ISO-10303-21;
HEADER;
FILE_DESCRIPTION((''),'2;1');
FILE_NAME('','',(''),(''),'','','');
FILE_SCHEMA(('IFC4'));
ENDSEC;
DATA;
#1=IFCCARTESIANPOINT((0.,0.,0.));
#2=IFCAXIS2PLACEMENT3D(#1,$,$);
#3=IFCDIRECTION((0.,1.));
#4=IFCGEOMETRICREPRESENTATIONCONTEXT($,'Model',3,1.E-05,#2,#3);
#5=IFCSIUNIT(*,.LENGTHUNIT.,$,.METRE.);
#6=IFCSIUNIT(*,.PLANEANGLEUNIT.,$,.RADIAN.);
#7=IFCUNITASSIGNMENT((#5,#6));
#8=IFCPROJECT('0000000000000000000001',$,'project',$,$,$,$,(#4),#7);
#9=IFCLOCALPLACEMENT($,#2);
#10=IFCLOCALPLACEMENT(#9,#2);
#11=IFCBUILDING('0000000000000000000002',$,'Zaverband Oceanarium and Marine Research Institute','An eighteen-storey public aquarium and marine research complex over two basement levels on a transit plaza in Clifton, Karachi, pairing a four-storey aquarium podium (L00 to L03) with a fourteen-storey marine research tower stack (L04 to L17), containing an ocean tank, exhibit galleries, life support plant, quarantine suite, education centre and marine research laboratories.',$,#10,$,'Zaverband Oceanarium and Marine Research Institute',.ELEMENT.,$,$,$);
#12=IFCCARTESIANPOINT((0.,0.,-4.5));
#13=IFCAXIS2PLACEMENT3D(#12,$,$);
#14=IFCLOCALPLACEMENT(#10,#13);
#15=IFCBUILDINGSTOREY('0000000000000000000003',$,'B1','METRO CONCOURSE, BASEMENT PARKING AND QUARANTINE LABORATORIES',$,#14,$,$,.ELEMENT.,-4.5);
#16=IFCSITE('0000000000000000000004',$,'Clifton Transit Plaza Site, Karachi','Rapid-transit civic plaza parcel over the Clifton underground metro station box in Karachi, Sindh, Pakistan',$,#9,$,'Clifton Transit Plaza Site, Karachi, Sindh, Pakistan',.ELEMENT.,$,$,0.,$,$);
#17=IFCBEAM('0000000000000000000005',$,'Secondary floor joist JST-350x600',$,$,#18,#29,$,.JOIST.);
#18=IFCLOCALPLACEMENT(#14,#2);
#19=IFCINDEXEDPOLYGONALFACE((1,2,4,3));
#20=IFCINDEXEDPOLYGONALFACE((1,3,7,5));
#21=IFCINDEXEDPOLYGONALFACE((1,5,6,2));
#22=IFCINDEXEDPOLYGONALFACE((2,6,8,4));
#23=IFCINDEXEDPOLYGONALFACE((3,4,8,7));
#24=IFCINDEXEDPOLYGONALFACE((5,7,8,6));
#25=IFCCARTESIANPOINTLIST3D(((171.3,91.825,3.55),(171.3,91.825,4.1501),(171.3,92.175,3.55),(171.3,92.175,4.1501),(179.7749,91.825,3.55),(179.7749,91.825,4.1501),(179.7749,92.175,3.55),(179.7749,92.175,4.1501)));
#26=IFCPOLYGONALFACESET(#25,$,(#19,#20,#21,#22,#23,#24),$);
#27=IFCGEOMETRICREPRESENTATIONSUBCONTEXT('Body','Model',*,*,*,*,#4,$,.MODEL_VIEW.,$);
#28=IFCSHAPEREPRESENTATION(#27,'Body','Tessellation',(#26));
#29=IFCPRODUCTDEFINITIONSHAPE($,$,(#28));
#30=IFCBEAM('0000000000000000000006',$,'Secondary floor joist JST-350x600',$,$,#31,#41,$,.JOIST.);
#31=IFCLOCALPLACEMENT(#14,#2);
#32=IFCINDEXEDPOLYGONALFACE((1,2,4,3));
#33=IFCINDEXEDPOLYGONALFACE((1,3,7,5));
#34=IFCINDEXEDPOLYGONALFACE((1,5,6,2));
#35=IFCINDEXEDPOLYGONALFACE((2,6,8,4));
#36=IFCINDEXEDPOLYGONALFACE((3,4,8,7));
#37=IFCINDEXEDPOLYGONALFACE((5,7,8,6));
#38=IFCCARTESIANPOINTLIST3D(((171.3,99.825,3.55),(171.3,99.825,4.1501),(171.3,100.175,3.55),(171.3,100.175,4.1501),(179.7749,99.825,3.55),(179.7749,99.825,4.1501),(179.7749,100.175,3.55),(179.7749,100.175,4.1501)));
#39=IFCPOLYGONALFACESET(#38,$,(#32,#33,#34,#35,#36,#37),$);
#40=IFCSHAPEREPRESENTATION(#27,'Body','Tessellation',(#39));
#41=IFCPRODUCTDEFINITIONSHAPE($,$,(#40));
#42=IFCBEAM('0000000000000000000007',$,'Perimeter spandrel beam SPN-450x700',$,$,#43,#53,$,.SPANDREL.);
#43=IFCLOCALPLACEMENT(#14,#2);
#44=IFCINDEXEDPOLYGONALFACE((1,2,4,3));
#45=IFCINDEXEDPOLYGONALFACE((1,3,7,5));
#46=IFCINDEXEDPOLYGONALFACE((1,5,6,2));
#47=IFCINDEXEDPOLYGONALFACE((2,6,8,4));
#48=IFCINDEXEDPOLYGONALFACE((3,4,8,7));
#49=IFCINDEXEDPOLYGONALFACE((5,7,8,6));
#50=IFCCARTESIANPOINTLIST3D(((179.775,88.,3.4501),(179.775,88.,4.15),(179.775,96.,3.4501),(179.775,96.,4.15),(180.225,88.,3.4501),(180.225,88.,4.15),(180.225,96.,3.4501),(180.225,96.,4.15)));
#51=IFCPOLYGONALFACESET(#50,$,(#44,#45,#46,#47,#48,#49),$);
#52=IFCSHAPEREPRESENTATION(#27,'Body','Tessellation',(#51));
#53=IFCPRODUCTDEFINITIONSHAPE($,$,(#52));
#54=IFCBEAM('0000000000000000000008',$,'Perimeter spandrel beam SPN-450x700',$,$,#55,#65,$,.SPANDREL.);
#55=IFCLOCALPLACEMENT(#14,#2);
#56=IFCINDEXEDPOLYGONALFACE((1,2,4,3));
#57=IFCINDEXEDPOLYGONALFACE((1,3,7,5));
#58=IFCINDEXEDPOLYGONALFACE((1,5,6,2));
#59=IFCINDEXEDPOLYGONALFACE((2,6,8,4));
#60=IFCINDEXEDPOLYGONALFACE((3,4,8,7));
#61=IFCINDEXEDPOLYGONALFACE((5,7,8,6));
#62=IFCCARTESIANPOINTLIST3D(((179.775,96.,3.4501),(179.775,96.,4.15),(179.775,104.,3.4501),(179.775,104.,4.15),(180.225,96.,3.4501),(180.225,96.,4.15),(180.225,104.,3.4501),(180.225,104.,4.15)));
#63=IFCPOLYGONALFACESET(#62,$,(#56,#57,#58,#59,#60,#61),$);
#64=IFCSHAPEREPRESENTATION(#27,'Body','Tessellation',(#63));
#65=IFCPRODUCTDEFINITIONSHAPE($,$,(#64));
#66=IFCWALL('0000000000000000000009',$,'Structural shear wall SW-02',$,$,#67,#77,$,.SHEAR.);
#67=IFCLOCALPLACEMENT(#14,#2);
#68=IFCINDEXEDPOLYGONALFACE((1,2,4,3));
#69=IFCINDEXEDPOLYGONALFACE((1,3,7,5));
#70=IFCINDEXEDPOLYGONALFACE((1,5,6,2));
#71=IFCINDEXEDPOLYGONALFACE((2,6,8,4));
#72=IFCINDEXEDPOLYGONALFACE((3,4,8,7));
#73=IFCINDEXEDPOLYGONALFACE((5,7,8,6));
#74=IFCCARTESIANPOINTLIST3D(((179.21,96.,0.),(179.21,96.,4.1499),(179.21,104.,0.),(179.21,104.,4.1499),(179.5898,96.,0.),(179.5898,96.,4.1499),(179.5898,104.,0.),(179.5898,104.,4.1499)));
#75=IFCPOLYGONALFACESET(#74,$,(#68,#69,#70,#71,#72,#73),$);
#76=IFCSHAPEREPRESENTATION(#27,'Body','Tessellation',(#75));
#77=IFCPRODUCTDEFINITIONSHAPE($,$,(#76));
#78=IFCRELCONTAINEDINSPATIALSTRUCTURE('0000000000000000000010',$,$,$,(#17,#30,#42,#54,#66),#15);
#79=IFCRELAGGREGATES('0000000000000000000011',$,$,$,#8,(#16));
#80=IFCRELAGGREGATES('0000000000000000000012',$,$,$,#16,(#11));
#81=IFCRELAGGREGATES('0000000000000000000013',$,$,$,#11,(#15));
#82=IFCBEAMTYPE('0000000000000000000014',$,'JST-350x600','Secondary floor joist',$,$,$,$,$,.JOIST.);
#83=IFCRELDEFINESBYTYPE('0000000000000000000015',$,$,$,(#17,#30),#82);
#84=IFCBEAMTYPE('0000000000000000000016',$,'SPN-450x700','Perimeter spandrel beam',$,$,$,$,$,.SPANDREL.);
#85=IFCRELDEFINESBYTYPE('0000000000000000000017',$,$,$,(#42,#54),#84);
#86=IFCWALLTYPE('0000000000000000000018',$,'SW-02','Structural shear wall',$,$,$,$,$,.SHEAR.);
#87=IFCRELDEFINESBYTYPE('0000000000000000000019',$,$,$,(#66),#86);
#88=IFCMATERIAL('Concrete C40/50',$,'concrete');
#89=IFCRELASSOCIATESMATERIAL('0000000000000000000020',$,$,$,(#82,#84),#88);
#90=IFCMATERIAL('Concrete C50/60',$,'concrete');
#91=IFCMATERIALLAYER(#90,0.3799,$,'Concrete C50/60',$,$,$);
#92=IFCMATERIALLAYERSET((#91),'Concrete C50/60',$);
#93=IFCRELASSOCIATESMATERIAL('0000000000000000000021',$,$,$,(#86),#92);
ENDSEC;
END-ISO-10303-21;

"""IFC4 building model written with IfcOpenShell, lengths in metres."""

from ifc_helpers import new_model, si_unit, direction, frame, frame_2d, origin, origin_2d, place, context, subcontext, project, spatial, rectangle, extrude, material, layer, layer_set, material_profile, profile_set, type_object, element, save


model = new_model("IFC4")

# Units and contexts
model_context = context("Model", 3, precision=1e-05, world=origin(), true_north=direction((0.0, 1.0)))
body_context = subcontext(model_context, "Body", "Model", "MODEL_VIEW")
ifc_project = project(units=[si_unit("LENGTHUNIT", "METRE"), si_unit("PLANEANGLEUNIT", "RADIAN")], contexts=[model_context])

# Site, building, storey
site_placement = place(None, origin())
site = spatial("IfcSite", under=ifc_project, at=site_placement, Name="Clifton Transit Plaza Site, Karachi", Description="Rapid-transit civic plaza parcel over the Clifton underground metro station box in Karachi, Sindh, Pakistan", LongName="Clifton Transit Plaza Site, Karachi, Sindh, Pakistan", CompositionType="ELEMENT", RefElevation=0.0)
building_placement = place(site_placement, origin())
building = spatial("IfcBuilding", under=site, at=building_placement, Name="Zaverband Oceanarium and Marine Research Institute", Description="An eighteen-storey public aquarium and marine research complex over two basement levels on a transit plaza in Clifton, Karachi, pairing a four-storey aquarium podium (L00 to L03) with a fourteen-storey marine research tower stack (L04 to L17), containing an ocean tank, exhibit galleries, life support plant, quarantine suite, education centre and marine research laboratories.", LongName="Zaverband Oceanarium and Marine Research Institute", CompositionType="ELEMENT")
storey_placement = place(building_placement, frame((0.0, 0.0, -4.5)))
storey = spatial("IfcBuildingStorey", under=building, at=storey_placement, Name="B1", Description="METRO CONCOURSE, BASEMENT PARKING AND QUARANTINE LABORATORIES", CompositionType="ELEMENT", Elevation=-4.5)

# Shared definitions
ifc_material_1 = material(Name="Concrete C50/60", Category="concrete")

# Beams
ifc_material_2 = material(Name="Concrete C40/50", Category="concrete")
ifc_material_profile_1 = material_profile(ifc_material_2, rectangle(XDim=0.3501, YDim=0.6001, at=origin_2d()), Name="RC350x600")
ifc_profile_set_1 = profile_set([ifc_material_profile_1], Name="Concrete C40/50")
beam_type_1 = type_object("IfcBeamType", Name="JST-350x600", Description="Secondary floor joist", PredefinedType="JOIST", material=ifc_profile_set_1)
for number, where, z_axis, x_axis, name in (
    (1, (171.3, 92.0, 3.8501), (1.0, 0.0, 0.0), (0.0, 1.0, 0.0), "Secondary floor joist JST-350x600"),
    (2, (171.3, 100.0, 3.8501), (1.0, 0.0, 0.0), (0.0, 1.0, 0.0), "Secondary floor joist JST-350x600"),
):
    element("IfcBeam", number, at=place(storey_placement, frame(where, z_axis=z_axis, x_axis=x_axis)), inside=storey, type_object=beam_type_1, Name=name, PredefinedType="JOIST", context=body_context, shape_type="SweptSolid", body=[
        extrude(rectangle(XDim=0.3501, YDim=0.6001, at=origin_2d()), origin(), (0.0, 0.0, 1.0), 8.4749),
    ])
ifc_material_profile_2 = material_profile(ifc_material_2, rectangle(XDim=0.45, YDim=0.7, at=origin_2d()), Name="RC450x700")
ifc_profile_set_2 = profile_set([ifc_material_profile_2], Name="Concrete C40/50")
beam_type_2 = type_object("IfcBeamType", Name="SPN-450x700", Description="Perimeter spandrel beam", PredefinedType="SPANDREL", material=ifc_profile_set_2)
for number, where, z_axis, x_axis, name in (
    (3, (180.0, 88.0, 3.8), (0.0, 1.0, 0.0), (-1.0, 0.0, 0.0), "Perimeter spandrel beam SPN-450x700"),
    (4, (180.0, 96.0, 3.8), (0.0, 1.0, 0.0), (-1.0, 0.0, 0.0), "Perimeter spandrel beam SPN-450x700"),
):
    element("IfcBeam", number, at=place(storey_placement, frame(where, z_axis=z_axis, x_axis=x_axis)), inside=storey, type_object=beam_type_2, Name=name, PredefinedType="SPANDREL", context=body_context, shape_type="SweptSolid", body=[
        extrude(rectangle(XDim=0.45, YDim=0.7, at=origin_2d()), origin(), (0.0, 0.0, 1.0), 8.0),
    ])

# Wall
ifc_layer = layer(ifc_material_1, 0.3799, Name="Concrete C50/60")
ifc_layer_set = layer_set([ifc_layer], Name="Concrete C50/60")
wall_type = type_object("IfcWallType", Name="SW-02", Description="Structural shear wall", PredefinedType="SHEAR", material=ifc_layer_set)
wall_placement = place(storey_placement, frame((179.3999, 96.0, 0.0), z_axis=(0.0, 0.0, 1.0), x_axis=(0.0, 1.0, 0.0)))
element("IfcWall", 5, at=wall_placement, inside=storey, type_object=wall_type, Name="Structural shear wall SW-02", PredefinedType="SHEAR", context=body_context, shape_type="SweptSolid", body=[
    extrude(rectangle(XDim=8.0, YDim=0.3799, at=frame_2d((4.0, 0.0))), origin(), (0.0, 0.0, 1.0), 4.1499),
])

save(model, "model.ifc")
